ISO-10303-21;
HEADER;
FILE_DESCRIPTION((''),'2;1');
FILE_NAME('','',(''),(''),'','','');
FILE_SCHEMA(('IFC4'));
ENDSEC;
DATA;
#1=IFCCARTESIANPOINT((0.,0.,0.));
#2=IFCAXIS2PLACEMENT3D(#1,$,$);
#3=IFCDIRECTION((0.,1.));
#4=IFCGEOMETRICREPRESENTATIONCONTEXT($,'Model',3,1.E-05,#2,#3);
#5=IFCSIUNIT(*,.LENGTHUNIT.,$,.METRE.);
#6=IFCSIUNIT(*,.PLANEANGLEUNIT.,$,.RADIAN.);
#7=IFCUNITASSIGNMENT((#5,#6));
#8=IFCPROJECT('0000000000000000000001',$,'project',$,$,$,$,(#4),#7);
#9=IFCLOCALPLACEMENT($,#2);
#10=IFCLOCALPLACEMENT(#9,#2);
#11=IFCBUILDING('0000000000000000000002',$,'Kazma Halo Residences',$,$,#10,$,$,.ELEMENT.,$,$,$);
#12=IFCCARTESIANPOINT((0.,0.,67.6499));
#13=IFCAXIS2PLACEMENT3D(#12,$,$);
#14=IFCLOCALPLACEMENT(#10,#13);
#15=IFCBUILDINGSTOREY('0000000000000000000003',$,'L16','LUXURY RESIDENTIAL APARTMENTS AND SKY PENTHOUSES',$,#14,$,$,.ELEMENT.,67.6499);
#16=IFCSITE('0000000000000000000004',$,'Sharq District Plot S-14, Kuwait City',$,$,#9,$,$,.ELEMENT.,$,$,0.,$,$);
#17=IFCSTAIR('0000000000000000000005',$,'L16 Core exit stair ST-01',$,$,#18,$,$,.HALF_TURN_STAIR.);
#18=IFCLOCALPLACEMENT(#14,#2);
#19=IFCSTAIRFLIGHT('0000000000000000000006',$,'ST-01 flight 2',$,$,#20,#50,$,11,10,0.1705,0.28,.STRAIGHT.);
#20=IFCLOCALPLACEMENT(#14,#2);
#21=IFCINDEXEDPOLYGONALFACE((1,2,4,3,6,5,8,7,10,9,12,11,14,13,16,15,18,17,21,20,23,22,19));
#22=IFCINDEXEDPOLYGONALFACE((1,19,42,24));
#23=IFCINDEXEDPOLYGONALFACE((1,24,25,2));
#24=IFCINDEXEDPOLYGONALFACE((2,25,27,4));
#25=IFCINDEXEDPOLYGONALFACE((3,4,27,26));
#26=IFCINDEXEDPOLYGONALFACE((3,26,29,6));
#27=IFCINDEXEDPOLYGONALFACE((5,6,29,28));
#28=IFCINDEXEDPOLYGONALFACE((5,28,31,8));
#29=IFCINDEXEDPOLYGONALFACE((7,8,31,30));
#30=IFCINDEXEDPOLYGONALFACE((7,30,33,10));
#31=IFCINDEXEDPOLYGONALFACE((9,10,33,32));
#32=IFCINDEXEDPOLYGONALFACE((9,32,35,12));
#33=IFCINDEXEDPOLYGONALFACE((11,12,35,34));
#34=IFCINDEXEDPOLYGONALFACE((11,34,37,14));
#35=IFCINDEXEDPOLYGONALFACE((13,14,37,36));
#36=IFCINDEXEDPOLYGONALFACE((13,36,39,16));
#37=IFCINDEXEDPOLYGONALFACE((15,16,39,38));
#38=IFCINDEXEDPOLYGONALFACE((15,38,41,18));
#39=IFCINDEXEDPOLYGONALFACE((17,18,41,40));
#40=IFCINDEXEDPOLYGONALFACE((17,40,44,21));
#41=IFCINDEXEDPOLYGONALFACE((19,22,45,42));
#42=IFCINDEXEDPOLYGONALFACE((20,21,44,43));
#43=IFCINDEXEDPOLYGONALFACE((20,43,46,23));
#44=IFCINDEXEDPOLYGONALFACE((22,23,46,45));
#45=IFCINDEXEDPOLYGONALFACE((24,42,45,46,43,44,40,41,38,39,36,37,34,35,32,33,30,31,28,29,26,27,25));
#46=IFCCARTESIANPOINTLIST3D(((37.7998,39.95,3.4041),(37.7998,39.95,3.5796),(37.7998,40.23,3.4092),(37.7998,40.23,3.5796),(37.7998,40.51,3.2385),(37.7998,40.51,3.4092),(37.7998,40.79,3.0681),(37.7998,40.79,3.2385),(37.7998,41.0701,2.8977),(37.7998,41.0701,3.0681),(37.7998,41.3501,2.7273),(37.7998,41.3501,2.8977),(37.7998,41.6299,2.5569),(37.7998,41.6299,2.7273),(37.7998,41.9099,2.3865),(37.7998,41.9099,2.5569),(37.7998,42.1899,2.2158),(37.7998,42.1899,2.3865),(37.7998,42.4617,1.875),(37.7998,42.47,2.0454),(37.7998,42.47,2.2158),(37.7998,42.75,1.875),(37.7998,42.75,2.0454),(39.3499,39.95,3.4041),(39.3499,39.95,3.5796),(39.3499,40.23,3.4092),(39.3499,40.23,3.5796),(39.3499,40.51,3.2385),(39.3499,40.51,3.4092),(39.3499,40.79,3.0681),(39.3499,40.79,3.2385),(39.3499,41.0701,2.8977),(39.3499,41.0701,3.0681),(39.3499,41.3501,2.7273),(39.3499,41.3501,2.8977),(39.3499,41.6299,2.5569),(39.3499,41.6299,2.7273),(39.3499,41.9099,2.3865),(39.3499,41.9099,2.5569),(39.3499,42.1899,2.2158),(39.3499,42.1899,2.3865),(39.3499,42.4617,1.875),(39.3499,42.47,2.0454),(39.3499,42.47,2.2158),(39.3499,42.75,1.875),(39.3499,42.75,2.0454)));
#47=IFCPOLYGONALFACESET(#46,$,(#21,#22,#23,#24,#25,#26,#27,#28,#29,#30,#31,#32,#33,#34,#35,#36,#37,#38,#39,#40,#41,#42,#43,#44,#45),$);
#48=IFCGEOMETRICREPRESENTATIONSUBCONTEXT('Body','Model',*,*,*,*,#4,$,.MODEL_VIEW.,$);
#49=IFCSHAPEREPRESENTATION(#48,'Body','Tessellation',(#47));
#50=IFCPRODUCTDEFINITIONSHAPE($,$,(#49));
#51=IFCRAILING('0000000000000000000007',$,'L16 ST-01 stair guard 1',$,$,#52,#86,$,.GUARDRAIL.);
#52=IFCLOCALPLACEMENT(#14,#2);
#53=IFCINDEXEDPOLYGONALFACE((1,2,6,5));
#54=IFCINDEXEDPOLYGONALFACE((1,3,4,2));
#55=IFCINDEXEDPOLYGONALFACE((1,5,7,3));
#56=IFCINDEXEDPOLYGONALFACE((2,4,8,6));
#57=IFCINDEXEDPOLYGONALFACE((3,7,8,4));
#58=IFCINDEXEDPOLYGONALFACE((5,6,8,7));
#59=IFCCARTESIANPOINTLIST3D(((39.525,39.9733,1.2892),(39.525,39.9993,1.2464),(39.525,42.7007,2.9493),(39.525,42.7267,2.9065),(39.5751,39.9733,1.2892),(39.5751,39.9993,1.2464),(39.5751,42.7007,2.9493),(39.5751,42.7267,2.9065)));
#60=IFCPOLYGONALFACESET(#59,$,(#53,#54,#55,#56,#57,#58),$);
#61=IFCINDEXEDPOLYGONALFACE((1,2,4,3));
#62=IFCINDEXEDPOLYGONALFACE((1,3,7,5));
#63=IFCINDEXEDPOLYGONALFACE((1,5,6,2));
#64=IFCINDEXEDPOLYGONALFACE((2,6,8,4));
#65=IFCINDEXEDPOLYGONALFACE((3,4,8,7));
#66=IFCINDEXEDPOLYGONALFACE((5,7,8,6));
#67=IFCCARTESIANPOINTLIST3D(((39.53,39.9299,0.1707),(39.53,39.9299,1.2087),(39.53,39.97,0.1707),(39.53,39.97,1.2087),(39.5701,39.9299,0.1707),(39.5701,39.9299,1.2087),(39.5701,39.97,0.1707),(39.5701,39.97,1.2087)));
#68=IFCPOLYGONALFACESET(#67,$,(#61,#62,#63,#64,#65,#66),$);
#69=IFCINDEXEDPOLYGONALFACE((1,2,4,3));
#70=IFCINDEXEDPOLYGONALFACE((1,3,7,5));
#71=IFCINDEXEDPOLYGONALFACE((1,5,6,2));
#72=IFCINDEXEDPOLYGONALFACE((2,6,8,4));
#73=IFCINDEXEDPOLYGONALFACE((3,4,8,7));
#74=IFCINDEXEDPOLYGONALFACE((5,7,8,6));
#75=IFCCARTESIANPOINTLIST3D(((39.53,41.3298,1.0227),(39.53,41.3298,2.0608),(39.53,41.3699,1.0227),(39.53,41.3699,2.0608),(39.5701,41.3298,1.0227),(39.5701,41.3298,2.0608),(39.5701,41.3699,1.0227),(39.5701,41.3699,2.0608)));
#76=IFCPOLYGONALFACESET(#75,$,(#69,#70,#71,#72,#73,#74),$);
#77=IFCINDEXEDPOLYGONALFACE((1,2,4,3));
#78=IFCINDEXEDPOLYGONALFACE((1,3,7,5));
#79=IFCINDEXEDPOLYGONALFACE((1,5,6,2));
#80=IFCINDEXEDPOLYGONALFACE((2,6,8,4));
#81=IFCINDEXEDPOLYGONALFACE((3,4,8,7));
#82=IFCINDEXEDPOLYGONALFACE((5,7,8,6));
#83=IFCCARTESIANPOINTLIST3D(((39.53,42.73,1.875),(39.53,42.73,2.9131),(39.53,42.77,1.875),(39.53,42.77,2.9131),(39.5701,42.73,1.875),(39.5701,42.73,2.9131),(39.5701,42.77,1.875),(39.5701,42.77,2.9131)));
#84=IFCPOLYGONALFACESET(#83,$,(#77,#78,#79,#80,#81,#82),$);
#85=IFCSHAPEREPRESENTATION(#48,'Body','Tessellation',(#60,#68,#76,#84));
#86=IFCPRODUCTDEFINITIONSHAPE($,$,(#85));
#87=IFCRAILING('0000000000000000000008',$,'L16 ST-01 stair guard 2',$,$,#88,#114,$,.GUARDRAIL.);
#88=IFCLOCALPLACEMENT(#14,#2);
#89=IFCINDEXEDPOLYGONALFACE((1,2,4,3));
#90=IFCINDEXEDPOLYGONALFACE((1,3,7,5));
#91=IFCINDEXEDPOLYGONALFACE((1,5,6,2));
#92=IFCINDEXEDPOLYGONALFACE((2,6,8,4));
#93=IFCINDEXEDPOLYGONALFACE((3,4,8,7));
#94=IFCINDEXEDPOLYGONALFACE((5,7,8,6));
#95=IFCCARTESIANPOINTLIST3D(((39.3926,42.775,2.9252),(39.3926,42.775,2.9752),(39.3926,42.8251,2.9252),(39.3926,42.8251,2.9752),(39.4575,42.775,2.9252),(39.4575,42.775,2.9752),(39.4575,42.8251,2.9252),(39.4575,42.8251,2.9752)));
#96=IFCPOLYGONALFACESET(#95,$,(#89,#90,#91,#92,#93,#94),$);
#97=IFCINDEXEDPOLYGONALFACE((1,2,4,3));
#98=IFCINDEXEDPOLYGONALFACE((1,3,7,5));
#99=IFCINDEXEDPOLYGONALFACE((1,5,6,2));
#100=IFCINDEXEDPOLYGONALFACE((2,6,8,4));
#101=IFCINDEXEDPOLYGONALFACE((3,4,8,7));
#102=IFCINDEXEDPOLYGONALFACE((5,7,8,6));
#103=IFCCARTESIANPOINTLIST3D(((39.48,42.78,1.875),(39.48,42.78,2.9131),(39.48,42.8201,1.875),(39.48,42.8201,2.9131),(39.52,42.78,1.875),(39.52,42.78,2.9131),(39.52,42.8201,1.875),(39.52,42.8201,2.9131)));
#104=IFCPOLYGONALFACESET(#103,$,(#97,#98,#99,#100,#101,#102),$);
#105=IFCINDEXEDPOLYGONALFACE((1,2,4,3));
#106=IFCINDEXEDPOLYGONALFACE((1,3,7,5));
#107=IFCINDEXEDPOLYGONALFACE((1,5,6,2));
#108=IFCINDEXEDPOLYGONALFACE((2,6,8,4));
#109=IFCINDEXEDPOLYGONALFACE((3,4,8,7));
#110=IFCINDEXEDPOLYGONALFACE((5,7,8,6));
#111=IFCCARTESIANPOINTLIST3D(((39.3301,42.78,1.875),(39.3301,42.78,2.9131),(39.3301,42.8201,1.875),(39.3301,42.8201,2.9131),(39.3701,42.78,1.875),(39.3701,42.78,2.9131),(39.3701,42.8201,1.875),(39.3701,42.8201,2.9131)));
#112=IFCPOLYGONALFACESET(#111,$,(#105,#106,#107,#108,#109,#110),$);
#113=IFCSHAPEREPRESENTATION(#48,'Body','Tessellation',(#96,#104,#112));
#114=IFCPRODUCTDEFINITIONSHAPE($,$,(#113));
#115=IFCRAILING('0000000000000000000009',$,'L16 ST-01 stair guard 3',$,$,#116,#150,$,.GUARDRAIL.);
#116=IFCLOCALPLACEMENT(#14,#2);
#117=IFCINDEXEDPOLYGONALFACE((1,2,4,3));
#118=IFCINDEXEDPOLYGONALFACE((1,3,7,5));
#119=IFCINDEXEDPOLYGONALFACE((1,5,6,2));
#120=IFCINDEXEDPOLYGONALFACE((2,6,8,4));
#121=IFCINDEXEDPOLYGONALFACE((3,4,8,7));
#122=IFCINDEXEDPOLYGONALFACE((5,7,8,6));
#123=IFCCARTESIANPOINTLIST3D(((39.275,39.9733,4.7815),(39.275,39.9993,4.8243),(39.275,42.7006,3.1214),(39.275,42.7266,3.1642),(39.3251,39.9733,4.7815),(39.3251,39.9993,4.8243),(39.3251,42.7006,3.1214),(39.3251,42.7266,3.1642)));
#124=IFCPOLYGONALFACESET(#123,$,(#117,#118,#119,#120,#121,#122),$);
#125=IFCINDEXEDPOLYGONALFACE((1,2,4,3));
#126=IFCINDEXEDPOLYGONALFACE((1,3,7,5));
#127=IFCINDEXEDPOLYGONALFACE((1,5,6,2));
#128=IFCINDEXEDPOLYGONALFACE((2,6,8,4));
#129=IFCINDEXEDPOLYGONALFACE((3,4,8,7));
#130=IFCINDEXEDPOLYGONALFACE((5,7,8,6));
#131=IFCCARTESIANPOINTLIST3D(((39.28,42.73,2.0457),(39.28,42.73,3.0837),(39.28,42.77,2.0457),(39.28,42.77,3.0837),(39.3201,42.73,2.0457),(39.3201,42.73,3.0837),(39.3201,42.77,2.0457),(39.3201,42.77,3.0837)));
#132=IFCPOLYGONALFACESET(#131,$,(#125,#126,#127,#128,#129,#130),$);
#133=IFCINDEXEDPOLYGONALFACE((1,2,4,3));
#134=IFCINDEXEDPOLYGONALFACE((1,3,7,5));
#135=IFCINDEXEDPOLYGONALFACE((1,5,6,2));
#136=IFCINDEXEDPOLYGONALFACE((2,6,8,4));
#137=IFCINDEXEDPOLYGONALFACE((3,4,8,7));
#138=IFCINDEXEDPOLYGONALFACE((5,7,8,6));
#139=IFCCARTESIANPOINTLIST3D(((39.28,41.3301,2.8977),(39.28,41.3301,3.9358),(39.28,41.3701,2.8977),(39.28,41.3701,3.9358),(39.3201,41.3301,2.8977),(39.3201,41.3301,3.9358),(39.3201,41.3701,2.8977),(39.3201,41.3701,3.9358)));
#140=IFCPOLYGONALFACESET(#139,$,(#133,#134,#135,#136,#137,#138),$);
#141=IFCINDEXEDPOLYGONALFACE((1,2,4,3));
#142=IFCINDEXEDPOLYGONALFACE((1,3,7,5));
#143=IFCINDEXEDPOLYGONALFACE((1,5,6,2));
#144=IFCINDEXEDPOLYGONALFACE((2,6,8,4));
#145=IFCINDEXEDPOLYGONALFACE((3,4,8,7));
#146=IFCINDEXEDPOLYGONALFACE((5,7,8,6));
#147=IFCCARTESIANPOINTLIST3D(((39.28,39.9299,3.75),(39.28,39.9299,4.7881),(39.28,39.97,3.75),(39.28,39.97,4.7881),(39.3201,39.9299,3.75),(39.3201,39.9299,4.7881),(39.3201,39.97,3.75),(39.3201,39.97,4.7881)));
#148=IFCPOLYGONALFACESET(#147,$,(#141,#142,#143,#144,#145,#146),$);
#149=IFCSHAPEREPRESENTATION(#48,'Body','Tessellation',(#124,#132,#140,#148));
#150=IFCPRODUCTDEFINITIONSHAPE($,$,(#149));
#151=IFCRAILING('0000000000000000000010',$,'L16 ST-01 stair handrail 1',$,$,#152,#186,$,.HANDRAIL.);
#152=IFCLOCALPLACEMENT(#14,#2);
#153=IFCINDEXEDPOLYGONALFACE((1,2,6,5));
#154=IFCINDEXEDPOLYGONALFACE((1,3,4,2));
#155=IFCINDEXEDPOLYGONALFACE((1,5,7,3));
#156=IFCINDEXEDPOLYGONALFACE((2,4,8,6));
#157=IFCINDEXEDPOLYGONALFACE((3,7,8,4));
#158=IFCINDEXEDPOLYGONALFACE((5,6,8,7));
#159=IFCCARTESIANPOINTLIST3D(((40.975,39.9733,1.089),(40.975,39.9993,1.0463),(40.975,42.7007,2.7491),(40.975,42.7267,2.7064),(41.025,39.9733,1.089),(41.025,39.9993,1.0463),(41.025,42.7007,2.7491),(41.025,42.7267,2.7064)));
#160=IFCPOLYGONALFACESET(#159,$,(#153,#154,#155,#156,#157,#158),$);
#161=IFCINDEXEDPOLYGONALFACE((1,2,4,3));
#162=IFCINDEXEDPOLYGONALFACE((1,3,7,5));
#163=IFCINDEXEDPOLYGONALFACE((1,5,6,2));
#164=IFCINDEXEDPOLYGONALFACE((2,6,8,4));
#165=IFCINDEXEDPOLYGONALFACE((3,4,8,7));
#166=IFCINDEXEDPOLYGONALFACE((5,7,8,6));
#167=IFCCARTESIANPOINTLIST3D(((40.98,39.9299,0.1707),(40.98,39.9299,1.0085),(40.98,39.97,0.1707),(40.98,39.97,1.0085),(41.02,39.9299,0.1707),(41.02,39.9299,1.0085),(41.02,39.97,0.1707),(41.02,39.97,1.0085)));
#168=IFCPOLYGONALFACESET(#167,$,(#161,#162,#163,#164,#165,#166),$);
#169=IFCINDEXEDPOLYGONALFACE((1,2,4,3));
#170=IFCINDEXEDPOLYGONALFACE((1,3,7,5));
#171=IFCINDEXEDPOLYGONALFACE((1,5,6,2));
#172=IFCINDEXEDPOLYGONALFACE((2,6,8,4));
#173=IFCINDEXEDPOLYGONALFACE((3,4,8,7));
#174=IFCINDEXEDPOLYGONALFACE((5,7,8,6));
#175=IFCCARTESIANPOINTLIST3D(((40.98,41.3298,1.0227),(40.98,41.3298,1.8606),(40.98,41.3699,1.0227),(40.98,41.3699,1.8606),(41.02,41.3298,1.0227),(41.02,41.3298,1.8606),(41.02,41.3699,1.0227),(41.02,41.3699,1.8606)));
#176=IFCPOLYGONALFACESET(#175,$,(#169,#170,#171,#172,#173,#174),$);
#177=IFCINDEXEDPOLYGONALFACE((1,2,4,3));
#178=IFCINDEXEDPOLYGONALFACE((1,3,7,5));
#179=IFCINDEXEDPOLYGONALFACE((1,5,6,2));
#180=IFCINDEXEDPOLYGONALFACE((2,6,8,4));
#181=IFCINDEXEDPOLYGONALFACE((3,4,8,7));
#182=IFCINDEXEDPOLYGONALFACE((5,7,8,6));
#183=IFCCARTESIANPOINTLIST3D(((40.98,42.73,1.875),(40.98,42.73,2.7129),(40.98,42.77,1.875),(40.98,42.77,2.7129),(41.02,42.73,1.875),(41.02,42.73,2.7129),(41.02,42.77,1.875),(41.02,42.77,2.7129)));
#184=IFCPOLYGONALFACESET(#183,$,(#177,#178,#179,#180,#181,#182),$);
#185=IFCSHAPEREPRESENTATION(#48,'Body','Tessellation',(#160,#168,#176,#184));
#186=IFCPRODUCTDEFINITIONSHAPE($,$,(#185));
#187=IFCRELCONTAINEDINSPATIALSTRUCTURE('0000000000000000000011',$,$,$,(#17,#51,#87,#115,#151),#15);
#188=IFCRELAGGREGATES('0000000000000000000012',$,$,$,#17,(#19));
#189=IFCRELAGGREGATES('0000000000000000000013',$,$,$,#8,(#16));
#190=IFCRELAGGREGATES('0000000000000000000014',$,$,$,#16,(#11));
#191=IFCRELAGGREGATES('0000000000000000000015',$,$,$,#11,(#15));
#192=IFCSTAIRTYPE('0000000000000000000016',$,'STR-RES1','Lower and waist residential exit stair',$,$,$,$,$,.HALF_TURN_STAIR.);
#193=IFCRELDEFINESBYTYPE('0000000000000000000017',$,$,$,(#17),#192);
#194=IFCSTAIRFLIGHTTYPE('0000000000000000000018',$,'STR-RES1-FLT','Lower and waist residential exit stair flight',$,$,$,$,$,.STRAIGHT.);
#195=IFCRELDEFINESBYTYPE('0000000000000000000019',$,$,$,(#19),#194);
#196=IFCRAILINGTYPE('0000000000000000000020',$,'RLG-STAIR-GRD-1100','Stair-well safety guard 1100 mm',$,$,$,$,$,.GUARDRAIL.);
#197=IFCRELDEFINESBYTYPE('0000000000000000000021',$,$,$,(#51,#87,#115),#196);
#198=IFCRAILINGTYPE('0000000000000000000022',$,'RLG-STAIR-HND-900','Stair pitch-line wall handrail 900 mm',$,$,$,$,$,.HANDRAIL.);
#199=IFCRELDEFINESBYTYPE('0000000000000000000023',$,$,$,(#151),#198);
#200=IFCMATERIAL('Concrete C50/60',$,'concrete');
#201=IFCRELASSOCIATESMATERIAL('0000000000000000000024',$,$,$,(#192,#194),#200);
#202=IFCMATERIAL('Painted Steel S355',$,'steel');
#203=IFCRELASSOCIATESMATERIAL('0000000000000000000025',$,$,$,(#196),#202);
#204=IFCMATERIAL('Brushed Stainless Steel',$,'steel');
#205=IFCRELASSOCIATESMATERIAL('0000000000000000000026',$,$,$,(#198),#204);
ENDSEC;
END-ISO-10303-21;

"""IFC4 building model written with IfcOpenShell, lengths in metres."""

from ifc_helpers import new_model, si_unit, direction, frame, origin, origin_2d, place, context, subcontext, project, spatial, polyline, rectangle, outline, extrude, material, type_object, element, aggregate, save


model = new_model("IFC4")

# Units and contexts
model_context = context("Model", 3, precision=1e-05, world=origin(), true_north=direction((0.0, 1.0)))
body_context = subcontext(model_context, "Body", "Model", "MODEL_VIEW")
ifc_project = project(units=[si_unit("LENGTHUNIT", "METRE"), si_unit("PLANEANGLEUNIT", "RADIAN")], contexts=[model_context])

# Site, building, storey
site_placement = place(None, origin())
site = spatial("IfcSite", under=ifc_project, at=site_placement, Name="Sharq District Plot S-14, Kuwait City", CompositionType="ELEMENT", RefElevation=0.0)
building_placement = place(site_placement, origin())
building = spatial("IfcBuilding", under=site, at=building_placement, Name="Kazma Halo Residences", CompositionType="ELEMENT")
storey_placement = place(building_placement, frame((0.0, 0.0, 67.6499)))
storey = spatial("IfcBuildingStorey", under=building, at=storey_placement, Name="L16", Description="LUXURY RESIDENTIAL APARTMENTS AND SKY PENTHOUSES", CompositionType="ELEMENT", Elevation=67.6499)

# Stair, stair flight
ifc_material_1 = material(Name="Concrete C50/60", Category="concrete")
stair_type = type_object("IfcStairType", Name="STR-RES1", Description="Lower and waist residential exit stair", PredefinedType="HALF_TURN_STAIR", material=ifc_material_1)
stair_placement = place(storey_placement, origin())
stair = element("IfcStair", 1, at=stair_placement, inside=storey, type_object=stair_type, Name="L16 Core exit stair ST-01", PredefinedType="HALF_TURN_STAIR")
stair_flight_type = type_object("IfcStairFlightType", Name="STR-RES1-FLT", Description="Lower and waist residential exit stair flight", PredefinedType="STRAIGHT", material=ifc_material_1)
stair_flight_1_placement = place(storey_placement, frame((38.575, 42.75, 1.875), z_axis=(0.0, 0.0, 1.0), x_axis=(0.0, -1.0, 0.0)))
stair_flight_1 = element("IfcStairFlight", 2, at=stair_flight_1_placement, type_object=stair_flight_type, Name="ST-01 flight 2", NumberOfRisers=11, NumberOfTreads=10, PredefinedType="STRAIGHT", RiserHeight=0.1705, TreadLength=0.28, context=body_context, shape_type="SweptSolid", body=[
    extrude(outline(polyline([(0.0, 0.0), (0.0, 0.1704), (0.28, 0.1704), (0.28, 0.3408), (0.5601, 0.3408), (0.5601, 0.5115), (0.8401, 0.5115), (0.8401, 0.6819), (1.1201, 0.6819), (1.1201, 0.8523), (1.3999, 0.8523), (1.3999, 1.0227), (1.6799, 1.0227), (1.6799, 1.1931), (1.96, 1.1931), (1.96, 1.3635), (2.24, 1.3635), (2.24, 1.5342), (2.52, 1.5342), (2.52, 1.7046), (2.8, 1.7046), (2.8, 1.875), (2.8, 1.5291), (0.2883, 0.0), (0.0, 0.0)])), frame((0.0, 0.7749, 0.0), z_axis=(0.0, -1.0, 0.0), x_axis=(1.0, 0.0, 0.0)), (0.0, 0.0, 1.0), 1.55),
])
aggregate(stair, [stair_flight_1])

# Railings
ifc_material_2 = material(Name="Painted Steel S355", Category="steel")
railing_type_1 = type_object("IfcRailingType", Name="RLG-STAIR-GRD-1100", Description="Stair-well safety guard 1100 mm", PredefinedType="GUARDRAIL", material=ifc_material_2)
railing_1_placement = place(storey_placement, frame((39.55, 39.95, 0.1707)))
element("IfcRailing", 3, at=railing_1_placement, inside=storey, type_object=railing_type_1, Name="L16 ST-01 stair guard 1", PredefinedType="GUARDRAIL", context=body_context, shape_type="SweptSolid", body=[
    extrude(rectangle(XDim=0.05, YDim=0.05, at=origin_2d()), frame((0.0, 0.0364, 1.0972), z_axis=(0.0, 0.854203, 0.51994), x_axis=(-1.0, 0.0, 0.0)), (0.0, 0.0, 1.0), 3.1929),
    extrude(rectangle(XDim=0.04, YDim=0.04, at=origin_2d()), origin(), (0.0, 0.0, 1.0), 1.0381),
    extrude(rectangle(XDim=0.04, YDim=0.04, at=origin_2d()), frame((0.0, 1.3999, 0.8521)), (0.0, 0.0, 1.0), 1.0381),
    extrude(rectangle(XDim=0.04, YDim=0.04, at=origin_2d()), frame((0.0, 2.8, 1.7043)), (0.0, 0.0, 1.0), 1.0381),
])
railing_2_placement = place(storey_placement, frame((39.5, 42.8, 1.875)))
element("IfcRailing", 4, at=railing_2_placement, inside=storey, type_object=railing_type_1, Name="L16 ST-01 stair guard 2", PredefinedType="GUARDRAIL", context=body_context, shape_type="SweptSolid", body=[
    extrude(rectangle(XDim=0.05, YDim=0.05, at=origin_2d()), frame((-0.0425, 0.0, 1.0752), z_axis=(-1.0, 0.0, 0.0), x_axis=(0.0, -1.0, 0.0)), (0.0, 0.0, 1.0), 0.0649),
    extrude(rectangle(XDim=0.04, YDim=0.04, at=origin_2d()), origin(), (0.0, 0.0, 1.0), 1.0381),
    extrude(rectangle(XDim=0.04, YDim=0.04, at=origin_2d()), frame((-0.1499, 0.0, 0.0)), (0.0, 0.0, 1.0), 1.0381),
])
railing_3_placement = place(storey_placement, frame((39.3, 42.75, 2.0457)))
element("IfcRailing", 5, at=railing_3_placement, inside=storey, type_object=railing_type_1, Name="L16 ST-01 stair guard 3", PredefinedType="GUARDRAIL", context=body_context, shape_type="SweptSolid", body=[
    extrude(rectangle(XDim=0.05, YDim=0.05, at=origin_2d()), frame((0.0, -0.0364, 1.0972), z_axis=(0.0, -0.854203, 0.51994), x_axis=(1.0, 0.0, 0.0)), (0.0, 0.0, 1.0), 3.1929),
    extrude(rectangle(XDim=0.04, YDim=0.04, at=origin_2d()), origin(), (0.0, 0.0, 1.0), 1.0381),
    extrude(rectangle(XDim=0.04, YDim=0.04, at=origin_2d()), frame((0.0, -1.3999, 0.8521)), (0.0, 0.0, 1.0), 1.0381),
    extrude(rectangle(XDim=0.04, YDim=0.04, at=origin_2d()), frame((0.0, -2.8, 1.7043)), (0.0, 0.0, 1.0), 1.0381),
])
ifc_material_3 = material(Name="Brushed Stainless Steel", Category="steel")
railing_type_2 = type_object("IfcRailingType", Name="RLG-STAIR-HND-900", Description="Stair pitch-line wall handrail 900 mm", PredefinedType="HANDRAIL", material=ifc_material_3)
railing_4_placement = place(storey_placement, frame((41.0, 39.95, 0.1707)))
element("IfcRailing", 6, at=railing_4_placement, inside=storey, type_object=railing_type_2, Name="L16 ST-01 stair handrail 1", PredefinedType="HANDRAIL", context=body_context, shape_type="SweptSolid", body=[
    extrude(rectangle(XDim=0.05, YDim=0.05, at=origin_2d()), frame((0.0, 0.0364, 0.897), z_axis=(0.0, 0.854203, 0.51994), x_axis=(-1.0, 0.0, 0.0)), (0.0, 0.0, 1.0), 3.1929),
    extrude(rectangle(XDim=0.04, YDim=0.04, at=origin_2d()), origin(), (0.0, 0.0, 1.0), 0.8379),
    extrude(rectangle(XDim=0.04, YDim=0.04, at=origin_2d()), frame((0.0, 1.3999, 0.8521)), (0.0, 0.0, 1.0), 0.8379),
    extrude(rectangle(XDim=0.04, YDim=0.04, at=origin_2d()), frame((0.0, 2.8, 1.7043)), (0.0, 0.0, 1.0), 0.8379),
])

save(model, "model.ifc")
